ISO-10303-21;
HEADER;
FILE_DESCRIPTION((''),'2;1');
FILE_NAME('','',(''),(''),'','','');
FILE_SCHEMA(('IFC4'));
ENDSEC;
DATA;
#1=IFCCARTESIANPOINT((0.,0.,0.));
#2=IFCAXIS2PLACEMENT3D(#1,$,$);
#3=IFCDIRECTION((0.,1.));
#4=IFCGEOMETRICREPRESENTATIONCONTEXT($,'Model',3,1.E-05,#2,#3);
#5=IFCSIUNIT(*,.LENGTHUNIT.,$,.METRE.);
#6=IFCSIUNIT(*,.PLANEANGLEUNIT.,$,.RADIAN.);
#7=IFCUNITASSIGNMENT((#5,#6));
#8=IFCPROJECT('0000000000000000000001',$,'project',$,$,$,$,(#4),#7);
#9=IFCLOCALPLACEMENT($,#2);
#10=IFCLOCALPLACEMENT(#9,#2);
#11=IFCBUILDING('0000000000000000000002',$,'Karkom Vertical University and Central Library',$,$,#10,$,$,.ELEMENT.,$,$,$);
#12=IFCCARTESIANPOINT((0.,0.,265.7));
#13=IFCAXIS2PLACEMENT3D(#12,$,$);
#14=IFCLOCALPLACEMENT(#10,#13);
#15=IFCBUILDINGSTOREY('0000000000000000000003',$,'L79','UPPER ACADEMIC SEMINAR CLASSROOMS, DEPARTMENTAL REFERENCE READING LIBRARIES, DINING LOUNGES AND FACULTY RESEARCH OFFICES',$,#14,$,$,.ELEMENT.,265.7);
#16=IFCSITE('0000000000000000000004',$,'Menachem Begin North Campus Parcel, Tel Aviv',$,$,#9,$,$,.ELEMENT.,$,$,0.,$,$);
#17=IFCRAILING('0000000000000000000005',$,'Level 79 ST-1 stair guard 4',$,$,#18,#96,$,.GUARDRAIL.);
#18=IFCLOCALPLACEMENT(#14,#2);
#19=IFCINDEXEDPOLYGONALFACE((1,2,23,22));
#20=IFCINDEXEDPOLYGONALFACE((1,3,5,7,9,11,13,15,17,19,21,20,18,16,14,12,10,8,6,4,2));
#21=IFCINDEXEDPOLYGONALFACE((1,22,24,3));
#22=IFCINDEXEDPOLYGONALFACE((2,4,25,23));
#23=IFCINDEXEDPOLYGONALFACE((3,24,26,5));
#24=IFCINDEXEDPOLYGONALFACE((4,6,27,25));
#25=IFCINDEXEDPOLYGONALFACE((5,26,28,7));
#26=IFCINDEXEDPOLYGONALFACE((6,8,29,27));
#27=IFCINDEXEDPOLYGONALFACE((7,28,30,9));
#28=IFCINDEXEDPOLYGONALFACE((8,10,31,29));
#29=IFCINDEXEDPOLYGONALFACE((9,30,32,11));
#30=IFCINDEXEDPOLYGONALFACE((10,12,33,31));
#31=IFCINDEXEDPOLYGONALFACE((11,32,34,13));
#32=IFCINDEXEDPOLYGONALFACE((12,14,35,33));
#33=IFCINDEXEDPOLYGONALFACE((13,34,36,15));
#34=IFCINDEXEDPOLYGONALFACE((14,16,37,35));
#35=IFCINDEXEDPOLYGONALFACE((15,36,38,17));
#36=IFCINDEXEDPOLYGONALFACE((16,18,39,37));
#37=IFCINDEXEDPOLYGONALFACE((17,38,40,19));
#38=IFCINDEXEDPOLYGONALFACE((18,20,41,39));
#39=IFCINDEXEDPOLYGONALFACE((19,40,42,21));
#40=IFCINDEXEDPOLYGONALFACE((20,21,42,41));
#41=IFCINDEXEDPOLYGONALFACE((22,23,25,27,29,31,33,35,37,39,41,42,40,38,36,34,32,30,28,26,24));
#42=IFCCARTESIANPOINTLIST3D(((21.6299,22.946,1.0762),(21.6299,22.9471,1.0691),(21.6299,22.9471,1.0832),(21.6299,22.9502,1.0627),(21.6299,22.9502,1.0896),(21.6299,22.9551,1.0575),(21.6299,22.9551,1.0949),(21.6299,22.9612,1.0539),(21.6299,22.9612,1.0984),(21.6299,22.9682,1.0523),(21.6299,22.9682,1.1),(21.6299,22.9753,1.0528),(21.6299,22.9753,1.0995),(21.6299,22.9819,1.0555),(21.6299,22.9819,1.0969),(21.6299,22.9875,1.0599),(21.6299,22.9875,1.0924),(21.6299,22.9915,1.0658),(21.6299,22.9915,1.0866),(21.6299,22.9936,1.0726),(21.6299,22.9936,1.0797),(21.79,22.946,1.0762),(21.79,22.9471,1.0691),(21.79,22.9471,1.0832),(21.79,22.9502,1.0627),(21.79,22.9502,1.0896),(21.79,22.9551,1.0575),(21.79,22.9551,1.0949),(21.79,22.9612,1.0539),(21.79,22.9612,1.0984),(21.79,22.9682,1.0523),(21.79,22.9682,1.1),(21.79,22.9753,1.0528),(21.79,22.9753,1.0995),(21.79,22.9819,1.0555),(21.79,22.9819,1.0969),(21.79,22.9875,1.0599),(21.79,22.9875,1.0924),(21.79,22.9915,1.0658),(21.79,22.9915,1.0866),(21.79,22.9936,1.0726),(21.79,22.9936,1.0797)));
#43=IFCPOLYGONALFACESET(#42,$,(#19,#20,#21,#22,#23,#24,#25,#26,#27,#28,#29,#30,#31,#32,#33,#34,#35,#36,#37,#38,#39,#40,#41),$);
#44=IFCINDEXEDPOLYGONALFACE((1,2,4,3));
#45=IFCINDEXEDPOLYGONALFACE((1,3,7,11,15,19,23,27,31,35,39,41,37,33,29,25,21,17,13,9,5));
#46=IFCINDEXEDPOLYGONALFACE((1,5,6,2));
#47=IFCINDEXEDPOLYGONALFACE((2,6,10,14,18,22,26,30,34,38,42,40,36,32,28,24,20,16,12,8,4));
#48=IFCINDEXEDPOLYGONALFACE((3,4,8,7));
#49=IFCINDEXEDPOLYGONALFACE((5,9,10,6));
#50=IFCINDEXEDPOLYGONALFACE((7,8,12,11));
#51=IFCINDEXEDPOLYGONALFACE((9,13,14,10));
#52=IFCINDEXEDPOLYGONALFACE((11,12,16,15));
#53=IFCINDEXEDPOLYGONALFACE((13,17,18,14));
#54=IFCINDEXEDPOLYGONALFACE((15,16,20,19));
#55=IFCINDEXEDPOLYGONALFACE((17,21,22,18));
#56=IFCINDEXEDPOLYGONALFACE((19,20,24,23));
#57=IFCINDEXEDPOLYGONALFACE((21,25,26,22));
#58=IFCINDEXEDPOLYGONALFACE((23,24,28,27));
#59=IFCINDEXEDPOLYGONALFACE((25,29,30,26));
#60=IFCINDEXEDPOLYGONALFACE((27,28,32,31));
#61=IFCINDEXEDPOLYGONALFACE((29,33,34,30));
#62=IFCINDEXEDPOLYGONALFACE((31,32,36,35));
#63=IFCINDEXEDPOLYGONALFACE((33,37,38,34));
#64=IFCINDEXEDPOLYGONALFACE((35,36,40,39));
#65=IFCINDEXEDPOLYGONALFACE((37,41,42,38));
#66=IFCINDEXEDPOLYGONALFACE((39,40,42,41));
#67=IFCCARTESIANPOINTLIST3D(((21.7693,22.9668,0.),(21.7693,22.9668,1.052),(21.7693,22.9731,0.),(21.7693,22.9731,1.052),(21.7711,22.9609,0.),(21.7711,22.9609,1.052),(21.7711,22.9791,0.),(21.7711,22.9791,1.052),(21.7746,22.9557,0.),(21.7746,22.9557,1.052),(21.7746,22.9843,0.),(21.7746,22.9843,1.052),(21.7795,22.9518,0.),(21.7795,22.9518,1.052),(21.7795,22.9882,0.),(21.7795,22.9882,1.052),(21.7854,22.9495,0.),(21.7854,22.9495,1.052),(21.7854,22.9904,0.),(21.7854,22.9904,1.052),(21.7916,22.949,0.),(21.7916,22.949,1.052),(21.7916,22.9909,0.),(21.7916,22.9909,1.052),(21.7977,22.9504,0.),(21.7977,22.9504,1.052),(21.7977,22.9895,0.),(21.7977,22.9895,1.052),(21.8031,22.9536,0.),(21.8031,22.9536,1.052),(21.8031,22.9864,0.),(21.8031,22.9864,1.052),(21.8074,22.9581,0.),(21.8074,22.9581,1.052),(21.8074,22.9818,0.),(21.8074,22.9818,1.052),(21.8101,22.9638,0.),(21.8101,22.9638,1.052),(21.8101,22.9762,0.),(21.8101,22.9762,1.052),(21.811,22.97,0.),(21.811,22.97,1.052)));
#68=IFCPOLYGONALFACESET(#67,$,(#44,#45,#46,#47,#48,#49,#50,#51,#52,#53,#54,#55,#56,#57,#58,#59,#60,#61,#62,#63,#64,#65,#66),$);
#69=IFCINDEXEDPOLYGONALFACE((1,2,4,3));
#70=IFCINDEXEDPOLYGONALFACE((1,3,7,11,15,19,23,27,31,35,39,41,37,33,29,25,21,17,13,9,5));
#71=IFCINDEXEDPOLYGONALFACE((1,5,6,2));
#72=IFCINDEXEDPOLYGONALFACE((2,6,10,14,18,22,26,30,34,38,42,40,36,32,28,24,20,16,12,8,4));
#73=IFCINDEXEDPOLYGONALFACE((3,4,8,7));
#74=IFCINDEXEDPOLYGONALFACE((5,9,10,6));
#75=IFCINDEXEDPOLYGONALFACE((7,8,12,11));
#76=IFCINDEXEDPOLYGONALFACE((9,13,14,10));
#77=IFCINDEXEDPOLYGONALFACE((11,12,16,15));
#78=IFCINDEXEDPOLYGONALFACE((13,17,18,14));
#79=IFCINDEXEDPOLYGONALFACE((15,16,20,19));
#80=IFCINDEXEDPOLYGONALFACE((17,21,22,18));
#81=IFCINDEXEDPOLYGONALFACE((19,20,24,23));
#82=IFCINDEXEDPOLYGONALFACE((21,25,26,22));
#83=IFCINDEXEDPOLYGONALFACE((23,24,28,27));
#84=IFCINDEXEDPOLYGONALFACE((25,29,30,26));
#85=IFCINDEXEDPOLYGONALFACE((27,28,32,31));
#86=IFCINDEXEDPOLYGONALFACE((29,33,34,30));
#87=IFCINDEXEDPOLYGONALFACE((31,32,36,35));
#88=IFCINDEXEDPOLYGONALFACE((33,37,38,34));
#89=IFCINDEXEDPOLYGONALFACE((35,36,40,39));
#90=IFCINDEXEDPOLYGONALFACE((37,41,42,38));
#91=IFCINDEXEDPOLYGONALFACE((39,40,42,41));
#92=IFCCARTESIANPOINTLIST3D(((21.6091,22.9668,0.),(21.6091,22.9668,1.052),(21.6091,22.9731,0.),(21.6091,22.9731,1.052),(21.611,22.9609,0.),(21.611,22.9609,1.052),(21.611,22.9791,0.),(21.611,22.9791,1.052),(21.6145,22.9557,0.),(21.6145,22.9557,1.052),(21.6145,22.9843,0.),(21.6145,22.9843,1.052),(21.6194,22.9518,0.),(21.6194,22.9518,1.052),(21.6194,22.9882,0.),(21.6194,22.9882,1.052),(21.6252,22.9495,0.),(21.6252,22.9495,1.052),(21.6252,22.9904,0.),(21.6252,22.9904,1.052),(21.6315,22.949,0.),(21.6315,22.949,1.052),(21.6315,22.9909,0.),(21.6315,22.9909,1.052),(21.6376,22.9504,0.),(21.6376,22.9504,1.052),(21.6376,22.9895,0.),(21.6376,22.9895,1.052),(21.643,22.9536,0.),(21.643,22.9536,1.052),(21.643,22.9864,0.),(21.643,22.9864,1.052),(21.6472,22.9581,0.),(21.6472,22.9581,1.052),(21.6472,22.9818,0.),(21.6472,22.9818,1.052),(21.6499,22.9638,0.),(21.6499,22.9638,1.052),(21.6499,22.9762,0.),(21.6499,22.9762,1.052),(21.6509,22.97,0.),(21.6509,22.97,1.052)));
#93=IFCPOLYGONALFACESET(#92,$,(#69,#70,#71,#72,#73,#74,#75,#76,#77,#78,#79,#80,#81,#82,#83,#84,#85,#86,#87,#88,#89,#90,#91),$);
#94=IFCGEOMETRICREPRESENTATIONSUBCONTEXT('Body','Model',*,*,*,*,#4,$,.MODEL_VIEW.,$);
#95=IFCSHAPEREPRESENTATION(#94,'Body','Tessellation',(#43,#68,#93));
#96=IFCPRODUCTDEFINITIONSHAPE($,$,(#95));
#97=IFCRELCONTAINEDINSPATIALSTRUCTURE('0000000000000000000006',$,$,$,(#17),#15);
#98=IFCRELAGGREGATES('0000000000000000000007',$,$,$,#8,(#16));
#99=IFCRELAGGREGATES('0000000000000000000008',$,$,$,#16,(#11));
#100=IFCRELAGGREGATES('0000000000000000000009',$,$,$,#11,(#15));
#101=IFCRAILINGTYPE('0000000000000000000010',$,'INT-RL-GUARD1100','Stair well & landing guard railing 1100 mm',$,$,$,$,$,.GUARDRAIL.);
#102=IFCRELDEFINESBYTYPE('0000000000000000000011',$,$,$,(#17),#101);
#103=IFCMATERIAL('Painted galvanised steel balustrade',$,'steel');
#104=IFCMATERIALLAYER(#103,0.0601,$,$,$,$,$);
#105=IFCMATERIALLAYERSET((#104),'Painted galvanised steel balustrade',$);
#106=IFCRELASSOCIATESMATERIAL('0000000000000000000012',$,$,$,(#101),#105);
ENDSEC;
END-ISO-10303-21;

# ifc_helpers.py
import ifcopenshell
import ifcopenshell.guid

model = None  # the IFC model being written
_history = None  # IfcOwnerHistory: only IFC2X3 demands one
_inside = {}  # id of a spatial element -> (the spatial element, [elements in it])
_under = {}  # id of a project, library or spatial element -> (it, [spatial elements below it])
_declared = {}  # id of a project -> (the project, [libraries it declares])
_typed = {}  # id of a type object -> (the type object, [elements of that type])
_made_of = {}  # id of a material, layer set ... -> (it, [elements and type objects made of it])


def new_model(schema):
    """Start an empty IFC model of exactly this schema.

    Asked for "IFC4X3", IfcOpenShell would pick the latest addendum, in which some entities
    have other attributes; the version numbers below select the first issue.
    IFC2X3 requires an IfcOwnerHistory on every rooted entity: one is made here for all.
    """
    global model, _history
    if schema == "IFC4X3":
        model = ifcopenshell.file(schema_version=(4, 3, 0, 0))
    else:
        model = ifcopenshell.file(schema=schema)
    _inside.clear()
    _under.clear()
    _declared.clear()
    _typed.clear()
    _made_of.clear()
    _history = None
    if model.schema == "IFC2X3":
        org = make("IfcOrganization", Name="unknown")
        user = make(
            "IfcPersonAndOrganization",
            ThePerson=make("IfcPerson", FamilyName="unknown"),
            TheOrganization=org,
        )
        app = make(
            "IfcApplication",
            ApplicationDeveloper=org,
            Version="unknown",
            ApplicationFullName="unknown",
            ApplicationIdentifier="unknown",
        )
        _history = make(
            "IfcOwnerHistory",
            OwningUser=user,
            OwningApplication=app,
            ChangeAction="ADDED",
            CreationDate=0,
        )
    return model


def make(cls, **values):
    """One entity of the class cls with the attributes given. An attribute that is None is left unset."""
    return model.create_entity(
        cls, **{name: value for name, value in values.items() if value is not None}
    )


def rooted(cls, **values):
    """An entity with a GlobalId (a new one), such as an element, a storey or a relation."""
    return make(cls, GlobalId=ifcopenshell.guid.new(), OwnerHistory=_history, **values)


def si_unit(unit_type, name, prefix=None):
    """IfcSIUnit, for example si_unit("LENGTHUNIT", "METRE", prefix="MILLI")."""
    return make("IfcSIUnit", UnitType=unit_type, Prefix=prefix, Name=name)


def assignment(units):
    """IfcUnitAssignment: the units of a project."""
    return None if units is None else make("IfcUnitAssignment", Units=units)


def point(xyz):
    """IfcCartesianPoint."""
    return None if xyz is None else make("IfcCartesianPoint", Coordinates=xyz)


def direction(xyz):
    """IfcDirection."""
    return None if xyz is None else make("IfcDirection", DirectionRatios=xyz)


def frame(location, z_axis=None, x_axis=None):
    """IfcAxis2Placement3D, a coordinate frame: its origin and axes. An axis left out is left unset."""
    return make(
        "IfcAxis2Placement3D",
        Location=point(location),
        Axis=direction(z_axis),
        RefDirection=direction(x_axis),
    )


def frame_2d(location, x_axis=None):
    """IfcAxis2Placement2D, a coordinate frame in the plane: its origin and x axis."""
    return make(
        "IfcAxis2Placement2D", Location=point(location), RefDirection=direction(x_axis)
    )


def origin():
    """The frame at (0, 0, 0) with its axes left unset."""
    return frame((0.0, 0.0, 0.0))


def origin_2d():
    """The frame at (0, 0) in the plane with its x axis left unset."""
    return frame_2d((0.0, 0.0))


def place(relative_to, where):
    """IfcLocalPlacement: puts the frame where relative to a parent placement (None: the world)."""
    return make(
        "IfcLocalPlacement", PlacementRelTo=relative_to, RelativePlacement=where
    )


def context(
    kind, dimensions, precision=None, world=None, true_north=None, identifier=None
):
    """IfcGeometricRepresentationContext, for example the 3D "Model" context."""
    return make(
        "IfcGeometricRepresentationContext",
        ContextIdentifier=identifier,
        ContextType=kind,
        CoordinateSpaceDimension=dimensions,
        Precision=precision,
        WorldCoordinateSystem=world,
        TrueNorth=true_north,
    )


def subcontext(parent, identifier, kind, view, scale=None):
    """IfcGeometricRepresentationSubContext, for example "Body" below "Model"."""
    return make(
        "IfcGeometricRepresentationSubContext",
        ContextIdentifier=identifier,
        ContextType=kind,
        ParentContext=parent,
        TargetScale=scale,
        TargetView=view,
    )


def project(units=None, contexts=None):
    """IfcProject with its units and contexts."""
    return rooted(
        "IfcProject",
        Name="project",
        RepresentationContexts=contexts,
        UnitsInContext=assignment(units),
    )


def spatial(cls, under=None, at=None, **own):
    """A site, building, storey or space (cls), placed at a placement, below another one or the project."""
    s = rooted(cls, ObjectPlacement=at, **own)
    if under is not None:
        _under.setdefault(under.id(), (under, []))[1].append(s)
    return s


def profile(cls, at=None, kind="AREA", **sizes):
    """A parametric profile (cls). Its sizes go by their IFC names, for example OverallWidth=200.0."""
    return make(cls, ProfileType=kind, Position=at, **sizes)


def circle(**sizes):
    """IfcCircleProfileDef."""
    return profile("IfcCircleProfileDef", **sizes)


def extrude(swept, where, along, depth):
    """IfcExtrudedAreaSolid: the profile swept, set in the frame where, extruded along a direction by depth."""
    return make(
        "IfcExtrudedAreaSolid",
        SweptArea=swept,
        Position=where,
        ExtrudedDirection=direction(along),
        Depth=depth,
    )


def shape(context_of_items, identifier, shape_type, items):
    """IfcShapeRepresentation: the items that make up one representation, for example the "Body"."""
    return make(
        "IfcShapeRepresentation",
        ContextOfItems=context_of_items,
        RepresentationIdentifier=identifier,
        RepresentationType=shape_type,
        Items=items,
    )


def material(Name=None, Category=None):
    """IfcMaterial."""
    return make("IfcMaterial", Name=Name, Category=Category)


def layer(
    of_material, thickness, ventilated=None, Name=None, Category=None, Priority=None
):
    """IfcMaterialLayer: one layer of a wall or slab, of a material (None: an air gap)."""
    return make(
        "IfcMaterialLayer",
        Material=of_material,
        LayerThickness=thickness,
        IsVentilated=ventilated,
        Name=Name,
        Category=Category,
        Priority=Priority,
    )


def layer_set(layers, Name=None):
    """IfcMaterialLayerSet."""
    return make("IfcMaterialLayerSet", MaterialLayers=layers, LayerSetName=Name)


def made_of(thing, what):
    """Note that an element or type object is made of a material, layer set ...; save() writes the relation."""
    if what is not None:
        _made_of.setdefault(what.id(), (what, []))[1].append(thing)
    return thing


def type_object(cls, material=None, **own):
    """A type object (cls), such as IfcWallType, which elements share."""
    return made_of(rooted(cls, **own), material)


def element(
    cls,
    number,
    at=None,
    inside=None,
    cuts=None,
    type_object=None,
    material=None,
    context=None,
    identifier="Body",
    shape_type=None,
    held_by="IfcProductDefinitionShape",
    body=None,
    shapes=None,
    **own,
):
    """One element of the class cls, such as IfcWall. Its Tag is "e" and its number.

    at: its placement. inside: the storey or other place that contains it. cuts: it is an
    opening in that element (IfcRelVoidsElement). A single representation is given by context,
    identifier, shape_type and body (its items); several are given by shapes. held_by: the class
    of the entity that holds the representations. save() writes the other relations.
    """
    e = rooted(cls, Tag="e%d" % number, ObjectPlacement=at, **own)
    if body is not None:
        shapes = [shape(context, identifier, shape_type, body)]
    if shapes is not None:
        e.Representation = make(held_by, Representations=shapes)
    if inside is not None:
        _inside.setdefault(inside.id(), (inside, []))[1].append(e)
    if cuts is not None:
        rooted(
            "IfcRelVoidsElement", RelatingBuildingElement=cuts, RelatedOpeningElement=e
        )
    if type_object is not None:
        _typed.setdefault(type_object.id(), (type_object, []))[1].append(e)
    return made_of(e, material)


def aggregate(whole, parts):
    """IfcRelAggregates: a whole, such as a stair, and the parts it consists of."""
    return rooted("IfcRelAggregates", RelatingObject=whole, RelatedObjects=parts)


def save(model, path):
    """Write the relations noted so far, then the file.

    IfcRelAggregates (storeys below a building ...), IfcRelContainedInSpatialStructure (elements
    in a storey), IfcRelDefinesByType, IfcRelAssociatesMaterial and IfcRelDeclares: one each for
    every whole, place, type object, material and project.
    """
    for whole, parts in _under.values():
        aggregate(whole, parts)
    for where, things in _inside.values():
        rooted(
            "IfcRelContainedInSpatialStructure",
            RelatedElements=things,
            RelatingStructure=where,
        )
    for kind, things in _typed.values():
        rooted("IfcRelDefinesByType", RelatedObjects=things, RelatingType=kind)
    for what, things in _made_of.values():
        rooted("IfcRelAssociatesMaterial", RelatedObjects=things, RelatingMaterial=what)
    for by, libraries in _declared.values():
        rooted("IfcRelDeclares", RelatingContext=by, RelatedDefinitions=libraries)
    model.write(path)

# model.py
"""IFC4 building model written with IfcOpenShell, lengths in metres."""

from ifc_helpers import new_model, si_unit, direction, frame, origin, origin_2d, place, context, subcontext, project, spatial, circle, extrude, material, layer, layer_set, type_object, element, save


model = new_model("IFC4")

# Units and contexts
model_context = context("Model", 3, precision=1e-05, world=origin(), true_north=direction((0.0, 1.0)))
body_context = subcontext(model_context, "Body", "Model", "MODEL_VIEW")
ifc_project = project(units=[si_unit("LENGTHUNIT", "METRE"), si_unit("PLANEANGLEUNIT", "RADIAN")], contexts=[model_context])

# Site, building, storey
site_placement = place(None, origin())
site = spatial("IfcSite", under=ifc_project, at=site_placement, Name="Menachem Begin North Campus Parcel, Tel Aviv", CompositionType="ELEMENT", RefElevation=0.0)
building_placement = place(site_placement, origin())
building = spatial("IfcBuilding", under=site, at=building_placement, Name="Karkom Vertical University and Central Library", CompositionType="ELEMENT")
storey_placement = place(building_placement, frame((0.0, 0.0, 265.7)))
storey = spatial("IfcBuildingStorey", under=building, at=storey_placement, Name="L79", Description="UPPER ACADEMIC SEMINAR CLASSROOMS, DEPARTMENTAL REFERENCE READING LIBRARIES, DINING LOUNGES AND FACULTY RESEARCH OFFICES", CompositionType="ELEMENT", Elevation=265.7)

# Railing
ifc_material_1 = material(Name="Painted galvanised steel balustrade", Category="steel")
ifc_layer_1 = layer(ifc_material_1, 0.0601)
ifc_layer_set_1 = layer_set([ifc_layer_1], Name="Painted galvanised steel balustrade")
railing_type_1 = type_object("IfcRailingType", Name="INT-RL-GUARD1100", Description="Stair well & landing guard railing 1100 mm", PredefinedType="GUARDRAIL", material=ifc_layer_set_1)
railing_1_placement = place(storey_placement, frame((21.79, 22.97, 0.0)))
element("IfcRailing", 1, at=railing_1_placement, inside=storey, type_object=railing_type_1, Name="Level 79 ST-1 stair guard 4", PredefinedType="GUARDRAIL", context=body_context, shape_type="SweptSolid", body=[
    extrude(circle(Radius=0.0239, at=origin_2d()), frame((0.0, 0.0, 1.0762), z_axis=(-1.0, 0.0, 0.0), x_axis=(0.0, -1.0, 0.0)), (0.0, 0.0, 1.0), 0.1602),
    extrude(circle(Radius=0.021, at=origin_2d()), origin(), (0.0, 0.0, 1.0), 1.052),
    extrude(circle(Radius=0.021, at=origin_2d()), frame((-0.1602, 0.0, 0.0)), (0.0, 0.0, 1.0), 1.052),
])

save(model, "model.ifc")
